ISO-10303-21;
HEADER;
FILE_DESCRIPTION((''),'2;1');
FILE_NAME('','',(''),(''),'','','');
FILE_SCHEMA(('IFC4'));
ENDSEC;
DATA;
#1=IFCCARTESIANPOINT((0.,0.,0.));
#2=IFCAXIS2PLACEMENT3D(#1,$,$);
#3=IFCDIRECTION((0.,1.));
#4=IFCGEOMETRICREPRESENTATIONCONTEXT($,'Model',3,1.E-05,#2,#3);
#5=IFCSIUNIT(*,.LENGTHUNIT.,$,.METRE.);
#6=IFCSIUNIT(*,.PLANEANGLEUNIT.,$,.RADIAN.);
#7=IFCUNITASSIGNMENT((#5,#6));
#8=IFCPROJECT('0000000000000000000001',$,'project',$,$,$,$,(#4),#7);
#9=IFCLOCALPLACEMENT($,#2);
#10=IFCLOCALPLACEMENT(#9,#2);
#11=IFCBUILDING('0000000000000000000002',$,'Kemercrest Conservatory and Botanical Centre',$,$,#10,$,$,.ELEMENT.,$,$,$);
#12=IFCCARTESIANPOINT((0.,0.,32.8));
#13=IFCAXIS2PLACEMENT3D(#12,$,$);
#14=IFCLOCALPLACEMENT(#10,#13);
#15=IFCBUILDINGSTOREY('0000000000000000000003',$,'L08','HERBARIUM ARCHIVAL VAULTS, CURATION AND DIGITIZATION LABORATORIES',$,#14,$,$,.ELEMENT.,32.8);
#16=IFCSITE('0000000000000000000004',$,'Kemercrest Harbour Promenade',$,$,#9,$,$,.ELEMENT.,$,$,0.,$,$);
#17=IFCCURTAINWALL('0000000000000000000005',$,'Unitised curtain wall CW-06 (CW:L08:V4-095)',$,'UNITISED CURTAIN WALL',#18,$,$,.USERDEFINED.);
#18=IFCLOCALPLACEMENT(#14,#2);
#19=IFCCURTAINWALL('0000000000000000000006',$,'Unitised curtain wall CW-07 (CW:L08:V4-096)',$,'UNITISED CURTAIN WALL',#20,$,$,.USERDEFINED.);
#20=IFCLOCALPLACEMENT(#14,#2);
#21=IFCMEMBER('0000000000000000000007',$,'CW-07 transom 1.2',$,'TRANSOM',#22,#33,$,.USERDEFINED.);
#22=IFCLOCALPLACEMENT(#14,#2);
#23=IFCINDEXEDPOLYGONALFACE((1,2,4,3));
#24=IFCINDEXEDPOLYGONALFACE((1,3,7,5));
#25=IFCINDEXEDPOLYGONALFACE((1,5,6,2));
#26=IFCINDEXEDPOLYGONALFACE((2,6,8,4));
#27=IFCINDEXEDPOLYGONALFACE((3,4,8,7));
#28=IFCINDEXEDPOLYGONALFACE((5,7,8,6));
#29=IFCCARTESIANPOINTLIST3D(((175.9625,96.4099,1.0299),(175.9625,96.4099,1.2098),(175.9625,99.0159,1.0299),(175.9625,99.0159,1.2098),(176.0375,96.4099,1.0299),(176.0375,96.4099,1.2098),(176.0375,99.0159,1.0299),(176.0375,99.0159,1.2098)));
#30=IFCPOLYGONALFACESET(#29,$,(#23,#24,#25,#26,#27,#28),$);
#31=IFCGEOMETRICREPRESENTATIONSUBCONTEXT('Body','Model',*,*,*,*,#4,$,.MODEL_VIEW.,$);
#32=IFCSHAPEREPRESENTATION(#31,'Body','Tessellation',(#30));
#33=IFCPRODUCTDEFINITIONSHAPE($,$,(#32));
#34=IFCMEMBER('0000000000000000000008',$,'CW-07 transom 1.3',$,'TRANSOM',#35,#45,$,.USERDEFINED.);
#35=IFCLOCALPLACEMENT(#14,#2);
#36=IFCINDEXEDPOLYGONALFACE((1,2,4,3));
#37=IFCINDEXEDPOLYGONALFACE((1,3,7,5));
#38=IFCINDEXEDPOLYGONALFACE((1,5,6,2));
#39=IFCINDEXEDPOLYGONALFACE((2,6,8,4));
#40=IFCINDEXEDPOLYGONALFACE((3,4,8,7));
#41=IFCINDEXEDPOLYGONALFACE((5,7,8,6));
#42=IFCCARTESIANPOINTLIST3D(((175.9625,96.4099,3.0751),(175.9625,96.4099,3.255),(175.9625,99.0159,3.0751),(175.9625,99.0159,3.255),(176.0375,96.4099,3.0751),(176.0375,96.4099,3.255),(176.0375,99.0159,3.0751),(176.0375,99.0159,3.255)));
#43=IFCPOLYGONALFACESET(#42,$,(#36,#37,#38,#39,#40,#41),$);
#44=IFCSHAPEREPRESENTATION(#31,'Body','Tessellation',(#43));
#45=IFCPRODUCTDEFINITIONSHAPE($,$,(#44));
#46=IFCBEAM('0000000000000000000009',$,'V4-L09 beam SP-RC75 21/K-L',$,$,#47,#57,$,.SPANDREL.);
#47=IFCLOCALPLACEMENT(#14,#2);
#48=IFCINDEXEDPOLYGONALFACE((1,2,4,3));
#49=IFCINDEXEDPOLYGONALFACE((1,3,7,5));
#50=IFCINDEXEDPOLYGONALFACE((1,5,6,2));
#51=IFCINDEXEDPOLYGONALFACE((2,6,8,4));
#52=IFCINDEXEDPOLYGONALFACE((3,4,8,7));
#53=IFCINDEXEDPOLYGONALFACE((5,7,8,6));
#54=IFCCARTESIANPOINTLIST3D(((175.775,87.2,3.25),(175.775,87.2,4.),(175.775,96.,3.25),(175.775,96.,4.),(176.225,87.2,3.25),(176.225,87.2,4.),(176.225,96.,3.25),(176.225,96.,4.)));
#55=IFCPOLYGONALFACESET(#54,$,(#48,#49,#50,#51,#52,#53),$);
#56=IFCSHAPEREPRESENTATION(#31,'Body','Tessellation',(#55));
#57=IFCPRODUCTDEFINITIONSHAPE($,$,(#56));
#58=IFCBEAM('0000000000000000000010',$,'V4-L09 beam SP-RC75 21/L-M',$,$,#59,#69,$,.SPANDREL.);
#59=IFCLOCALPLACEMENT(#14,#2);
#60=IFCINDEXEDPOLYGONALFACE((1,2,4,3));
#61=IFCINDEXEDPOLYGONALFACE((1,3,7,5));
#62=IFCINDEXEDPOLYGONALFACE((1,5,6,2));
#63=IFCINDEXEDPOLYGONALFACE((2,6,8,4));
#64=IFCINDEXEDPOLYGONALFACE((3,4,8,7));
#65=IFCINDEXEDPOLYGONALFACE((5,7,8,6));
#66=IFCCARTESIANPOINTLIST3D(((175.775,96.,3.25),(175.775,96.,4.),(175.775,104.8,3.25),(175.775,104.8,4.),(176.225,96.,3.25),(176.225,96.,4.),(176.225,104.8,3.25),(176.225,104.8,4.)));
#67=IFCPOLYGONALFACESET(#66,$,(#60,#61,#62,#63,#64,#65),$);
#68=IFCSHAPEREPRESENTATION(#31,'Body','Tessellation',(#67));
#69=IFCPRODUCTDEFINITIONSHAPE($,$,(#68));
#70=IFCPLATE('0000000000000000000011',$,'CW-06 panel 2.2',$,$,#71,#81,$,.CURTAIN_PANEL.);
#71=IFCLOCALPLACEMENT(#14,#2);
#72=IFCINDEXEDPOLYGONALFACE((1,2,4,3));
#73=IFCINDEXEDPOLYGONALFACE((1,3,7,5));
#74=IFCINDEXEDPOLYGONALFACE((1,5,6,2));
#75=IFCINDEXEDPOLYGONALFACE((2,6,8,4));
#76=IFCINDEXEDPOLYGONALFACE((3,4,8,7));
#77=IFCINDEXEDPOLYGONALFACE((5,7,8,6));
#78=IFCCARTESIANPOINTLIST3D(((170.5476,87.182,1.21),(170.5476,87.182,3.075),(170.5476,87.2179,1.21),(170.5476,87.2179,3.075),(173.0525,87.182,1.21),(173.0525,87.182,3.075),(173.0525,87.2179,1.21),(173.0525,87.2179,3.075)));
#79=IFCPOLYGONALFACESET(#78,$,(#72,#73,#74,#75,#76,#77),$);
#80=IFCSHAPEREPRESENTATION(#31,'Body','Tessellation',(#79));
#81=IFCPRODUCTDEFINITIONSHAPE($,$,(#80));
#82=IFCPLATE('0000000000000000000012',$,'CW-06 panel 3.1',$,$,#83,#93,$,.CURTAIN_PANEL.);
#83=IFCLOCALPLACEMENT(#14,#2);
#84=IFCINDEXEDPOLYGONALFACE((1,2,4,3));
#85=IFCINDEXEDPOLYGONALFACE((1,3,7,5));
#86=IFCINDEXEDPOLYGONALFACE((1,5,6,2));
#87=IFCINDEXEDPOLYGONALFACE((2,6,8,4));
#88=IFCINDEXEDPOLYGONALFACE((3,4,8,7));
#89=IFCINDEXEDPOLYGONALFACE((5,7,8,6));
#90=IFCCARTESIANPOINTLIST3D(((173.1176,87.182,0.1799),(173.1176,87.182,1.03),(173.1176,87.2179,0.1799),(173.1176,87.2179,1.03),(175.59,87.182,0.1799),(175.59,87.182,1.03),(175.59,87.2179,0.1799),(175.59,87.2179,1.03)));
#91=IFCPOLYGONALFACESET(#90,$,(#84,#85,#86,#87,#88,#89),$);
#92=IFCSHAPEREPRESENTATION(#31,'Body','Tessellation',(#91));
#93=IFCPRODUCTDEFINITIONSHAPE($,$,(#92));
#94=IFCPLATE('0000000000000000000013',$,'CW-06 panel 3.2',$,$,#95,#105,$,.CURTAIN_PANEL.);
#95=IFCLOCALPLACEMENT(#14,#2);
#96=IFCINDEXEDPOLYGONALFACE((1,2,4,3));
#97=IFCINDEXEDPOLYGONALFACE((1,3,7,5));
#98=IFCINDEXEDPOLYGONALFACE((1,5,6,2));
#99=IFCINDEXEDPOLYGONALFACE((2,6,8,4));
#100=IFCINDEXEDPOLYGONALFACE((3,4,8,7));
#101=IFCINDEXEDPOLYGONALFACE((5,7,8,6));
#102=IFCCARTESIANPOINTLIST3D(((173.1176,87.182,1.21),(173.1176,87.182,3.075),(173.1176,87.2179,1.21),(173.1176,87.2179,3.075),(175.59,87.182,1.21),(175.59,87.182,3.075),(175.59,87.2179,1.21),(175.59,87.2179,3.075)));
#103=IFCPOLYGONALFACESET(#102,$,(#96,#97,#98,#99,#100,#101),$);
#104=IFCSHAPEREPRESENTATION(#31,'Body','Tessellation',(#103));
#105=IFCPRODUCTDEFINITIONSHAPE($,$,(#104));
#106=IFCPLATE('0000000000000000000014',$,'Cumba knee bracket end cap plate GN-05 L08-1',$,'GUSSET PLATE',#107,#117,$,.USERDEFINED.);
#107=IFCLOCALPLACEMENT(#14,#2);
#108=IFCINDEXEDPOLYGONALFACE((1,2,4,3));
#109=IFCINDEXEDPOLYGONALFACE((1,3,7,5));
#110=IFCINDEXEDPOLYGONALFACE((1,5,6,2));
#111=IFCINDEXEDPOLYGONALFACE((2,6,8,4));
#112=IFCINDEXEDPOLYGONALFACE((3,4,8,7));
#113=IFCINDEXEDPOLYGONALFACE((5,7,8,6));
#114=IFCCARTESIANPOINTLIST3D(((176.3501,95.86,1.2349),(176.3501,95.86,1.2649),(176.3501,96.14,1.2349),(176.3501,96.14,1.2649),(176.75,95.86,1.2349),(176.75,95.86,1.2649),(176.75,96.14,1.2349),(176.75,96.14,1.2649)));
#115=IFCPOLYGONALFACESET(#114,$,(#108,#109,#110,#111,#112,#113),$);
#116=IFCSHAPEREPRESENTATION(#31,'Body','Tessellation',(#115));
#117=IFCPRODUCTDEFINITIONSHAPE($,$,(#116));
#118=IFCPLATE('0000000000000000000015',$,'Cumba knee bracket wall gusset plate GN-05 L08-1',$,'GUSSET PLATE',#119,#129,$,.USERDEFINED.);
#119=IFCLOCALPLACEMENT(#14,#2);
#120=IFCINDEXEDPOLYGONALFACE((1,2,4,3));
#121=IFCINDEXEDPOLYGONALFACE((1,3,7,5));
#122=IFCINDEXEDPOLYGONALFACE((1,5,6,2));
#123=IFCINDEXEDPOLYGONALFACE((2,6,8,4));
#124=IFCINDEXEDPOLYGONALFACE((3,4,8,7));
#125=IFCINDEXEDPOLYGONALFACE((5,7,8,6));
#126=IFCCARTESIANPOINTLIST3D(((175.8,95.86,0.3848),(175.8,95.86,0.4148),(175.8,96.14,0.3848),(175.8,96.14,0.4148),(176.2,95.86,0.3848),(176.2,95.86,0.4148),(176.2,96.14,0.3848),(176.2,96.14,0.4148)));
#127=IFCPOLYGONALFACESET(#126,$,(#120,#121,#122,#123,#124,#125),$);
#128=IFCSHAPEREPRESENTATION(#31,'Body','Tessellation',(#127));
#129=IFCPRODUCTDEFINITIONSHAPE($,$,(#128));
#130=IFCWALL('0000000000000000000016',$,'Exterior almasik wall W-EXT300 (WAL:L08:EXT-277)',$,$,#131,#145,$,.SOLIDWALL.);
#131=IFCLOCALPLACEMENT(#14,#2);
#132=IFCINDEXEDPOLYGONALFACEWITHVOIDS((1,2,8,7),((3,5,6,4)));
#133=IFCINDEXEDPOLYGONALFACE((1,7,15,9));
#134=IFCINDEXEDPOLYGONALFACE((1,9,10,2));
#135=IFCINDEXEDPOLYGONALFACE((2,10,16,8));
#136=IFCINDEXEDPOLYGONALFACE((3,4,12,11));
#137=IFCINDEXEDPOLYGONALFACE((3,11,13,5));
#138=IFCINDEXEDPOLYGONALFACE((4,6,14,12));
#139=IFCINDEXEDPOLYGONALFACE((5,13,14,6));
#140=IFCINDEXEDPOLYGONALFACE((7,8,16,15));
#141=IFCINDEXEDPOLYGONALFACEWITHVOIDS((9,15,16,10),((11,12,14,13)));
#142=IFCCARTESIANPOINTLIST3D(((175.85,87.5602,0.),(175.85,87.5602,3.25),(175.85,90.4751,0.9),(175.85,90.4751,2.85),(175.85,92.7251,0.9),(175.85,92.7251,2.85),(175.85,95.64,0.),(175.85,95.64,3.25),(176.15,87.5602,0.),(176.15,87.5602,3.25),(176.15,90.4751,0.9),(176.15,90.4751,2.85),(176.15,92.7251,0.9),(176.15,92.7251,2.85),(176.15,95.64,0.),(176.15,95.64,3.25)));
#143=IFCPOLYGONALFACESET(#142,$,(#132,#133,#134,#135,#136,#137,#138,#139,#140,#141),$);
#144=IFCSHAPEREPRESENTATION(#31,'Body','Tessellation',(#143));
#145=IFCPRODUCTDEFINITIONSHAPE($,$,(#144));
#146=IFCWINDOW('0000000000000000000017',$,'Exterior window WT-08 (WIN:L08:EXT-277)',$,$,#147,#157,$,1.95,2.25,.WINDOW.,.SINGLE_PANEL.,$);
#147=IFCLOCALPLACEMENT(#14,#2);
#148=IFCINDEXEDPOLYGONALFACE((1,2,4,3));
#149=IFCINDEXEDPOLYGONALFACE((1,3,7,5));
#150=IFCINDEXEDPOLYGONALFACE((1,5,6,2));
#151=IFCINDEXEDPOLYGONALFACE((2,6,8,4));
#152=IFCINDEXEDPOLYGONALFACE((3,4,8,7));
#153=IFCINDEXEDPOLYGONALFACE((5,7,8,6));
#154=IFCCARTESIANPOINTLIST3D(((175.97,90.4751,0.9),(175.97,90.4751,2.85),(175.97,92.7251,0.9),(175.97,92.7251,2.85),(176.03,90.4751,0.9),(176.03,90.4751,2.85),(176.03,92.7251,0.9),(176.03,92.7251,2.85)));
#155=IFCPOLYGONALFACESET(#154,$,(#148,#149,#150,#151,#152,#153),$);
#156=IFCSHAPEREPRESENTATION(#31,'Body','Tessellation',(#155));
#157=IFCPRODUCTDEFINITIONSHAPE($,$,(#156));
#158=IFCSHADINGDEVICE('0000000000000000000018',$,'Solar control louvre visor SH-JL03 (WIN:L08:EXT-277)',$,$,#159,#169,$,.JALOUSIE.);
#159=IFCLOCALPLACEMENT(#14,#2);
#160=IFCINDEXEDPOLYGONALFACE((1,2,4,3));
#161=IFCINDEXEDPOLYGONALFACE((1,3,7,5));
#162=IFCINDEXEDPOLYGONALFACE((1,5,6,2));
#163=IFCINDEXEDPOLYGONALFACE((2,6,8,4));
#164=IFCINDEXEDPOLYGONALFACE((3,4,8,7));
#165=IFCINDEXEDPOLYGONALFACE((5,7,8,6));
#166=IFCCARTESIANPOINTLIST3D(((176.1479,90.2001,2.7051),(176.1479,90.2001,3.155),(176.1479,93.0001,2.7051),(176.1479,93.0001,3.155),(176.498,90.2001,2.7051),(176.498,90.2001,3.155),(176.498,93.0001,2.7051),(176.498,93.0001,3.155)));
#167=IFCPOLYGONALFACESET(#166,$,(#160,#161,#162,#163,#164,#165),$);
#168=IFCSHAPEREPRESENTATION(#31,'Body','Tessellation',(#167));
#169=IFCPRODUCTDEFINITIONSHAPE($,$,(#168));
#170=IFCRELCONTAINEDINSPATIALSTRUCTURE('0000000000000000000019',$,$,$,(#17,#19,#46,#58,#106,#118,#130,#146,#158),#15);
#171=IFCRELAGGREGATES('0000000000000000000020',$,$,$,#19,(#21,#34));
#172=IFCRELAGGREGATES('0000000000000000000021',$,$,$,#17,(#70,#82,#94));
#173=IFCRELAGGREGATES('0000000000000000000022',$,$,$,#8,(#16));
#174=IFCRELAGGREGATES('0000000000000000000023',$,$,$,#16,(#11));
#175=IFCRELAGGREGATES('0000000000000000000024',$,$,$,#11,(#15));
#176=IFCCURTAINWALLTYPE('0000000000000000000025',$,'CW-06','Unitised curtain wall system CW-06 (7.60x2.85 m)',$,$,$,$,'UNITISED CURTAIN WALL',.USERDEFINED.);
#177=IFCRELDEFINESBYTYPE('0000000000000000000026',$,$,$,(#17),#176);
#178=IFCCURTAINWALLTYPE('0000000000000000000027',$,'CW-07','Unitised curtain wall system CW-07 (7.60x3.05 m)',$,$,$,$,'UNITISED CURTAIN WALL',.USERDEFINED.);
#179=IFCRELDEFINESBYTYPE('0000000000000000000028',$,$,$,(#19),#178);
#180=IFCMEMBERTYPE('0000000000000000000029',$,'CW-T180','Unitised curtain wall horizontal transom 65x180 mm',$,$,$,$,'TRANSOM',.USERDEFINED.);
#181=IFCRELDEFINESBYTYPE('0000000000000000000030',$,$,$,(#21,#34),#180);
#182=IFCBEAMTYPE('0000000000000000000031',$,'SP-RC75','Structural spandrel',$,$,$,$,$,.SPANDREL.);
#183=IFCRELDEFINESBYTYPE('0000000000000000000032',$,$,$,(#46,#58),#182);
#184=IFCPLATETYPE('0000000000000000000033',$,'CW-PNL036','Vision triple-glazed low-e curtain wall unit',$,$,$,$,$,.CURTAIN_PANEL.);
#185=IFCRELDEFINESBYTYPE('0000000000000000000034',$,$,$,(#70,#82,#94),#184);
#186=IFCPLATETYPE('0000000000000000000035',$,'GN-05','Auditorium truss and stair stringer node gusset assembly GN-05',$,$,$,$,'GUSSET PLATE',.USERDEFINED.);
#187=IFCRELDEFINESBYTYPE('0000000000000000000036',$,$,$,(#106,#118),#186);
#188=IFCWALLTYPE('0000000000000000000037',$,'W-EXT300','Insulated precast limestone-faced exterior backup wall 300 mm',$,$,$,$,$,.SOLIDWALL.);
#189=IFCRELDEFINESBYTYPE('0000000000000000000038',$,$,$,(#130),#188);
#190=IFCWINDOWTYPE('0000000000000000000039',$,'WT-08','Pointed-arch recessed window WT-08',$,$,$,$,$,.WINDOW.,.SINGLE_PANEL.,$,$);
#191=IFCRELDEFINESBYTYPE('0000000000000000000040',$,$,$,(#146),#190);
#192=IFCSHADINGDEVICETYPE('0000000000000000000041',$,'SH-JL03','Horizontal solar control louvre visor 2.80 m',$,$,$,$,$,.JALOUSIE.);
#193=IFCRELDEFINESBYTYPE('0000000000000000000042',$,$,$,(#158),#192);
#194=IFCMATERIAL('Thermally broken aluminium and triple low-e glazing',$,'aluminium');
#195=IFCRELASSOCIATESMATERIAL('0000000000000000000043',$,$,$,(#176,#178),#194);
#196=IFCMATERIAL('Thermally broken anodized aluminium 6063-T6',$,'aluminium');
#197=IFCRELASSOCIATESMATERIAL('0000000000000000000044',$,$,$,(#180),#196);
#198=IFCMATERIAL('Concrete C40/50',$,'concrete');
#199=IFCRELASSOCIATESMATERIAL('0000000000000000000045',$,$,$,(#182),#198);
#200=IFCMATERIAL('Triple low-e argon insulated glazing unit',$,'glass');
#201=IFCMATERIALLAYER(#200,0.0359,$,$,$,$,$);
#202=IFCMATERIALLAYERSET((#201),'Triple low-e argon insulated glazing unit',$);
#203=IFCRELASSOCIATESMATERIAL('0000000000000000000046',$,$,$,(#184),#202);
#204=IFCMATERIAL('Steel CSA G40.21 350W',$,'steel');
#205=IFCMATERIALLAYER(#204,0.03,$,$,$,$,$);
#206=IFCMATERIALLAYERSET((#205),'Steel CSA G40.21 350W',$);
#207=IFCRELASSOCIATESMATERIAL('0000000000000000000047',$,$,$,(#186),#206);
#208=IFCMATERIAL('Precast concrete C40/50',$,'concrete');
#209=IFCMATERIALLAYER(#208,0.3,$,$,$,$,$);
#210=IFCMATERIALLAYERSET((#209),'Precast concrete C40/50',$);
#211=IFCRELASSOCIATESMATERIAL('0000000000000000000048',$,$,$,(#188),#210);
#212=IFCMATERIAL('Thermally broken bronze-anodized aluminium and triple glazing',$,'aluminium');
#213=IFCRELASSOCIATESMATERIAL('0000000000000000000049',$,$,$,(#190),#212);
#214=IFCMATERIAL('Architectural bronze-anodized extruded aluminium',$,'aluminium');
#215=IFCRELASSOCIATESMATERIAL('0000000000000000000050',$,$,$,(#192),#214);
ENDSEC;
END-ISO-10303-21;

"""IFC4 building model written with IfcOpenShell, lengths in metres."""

from ifc_helpers import new_model, si_unit, direction, frame, frame_2d, origin, origin_2d, place, context, subcontext, project, spatial, rectangle, extrude, material, layer, layer_set, material_profile, profile_set, type_object, element, fill, aggregate, save


model = new_model("IFC4")

# Units and contexts
model_context = context("Model", 3, precision=1e-05, world=origin(), true_north=direction((0.0, 1.0)))
body_context = subcontext(model_context, "Body", "Model", "MODEL_VIEW")
ifc_project = project(units=[si_unit("LENGTHUNIT", "METRE"), si_unit("PLANEANGLEUNIT", "RADIAN")], contexts=[model_context])

# Site, building, storey
site_placement = place(None, origin())
site = spatial("IfcSite", under=ifc_project, at=site_placement, Name="Kemercrest Harbour Promenade", CompositionType="ELEMENT", RefElevation=0.0)
building_placement = place(site_placement, origin())
building = spatial("IfcBuilding", under=site, at=building_placement, Name="Kemercrest Conservatory and Botanical Centre", CompositionType="ELEMENT")
storey_placement = place(building_placement, frame((0.0, 0.0, 32.8)))
storey = spatial("IfcBuildingStorey", under=building, at=storey_placement, Name="L08", Description="HERBARIUM ARCHIVAL VAULTS, CURATION AND DIGITIZATION LABORATORIES", CompositionType="ELEMENT", Elevation=32.8)

# Shared definitions
ifc_material_1 = material(Name="Steel CSA G40.21 350W", Category="steel")

# Curtain wall
ifc_material_2 = material(Name="Thermally broken aluminium and triple low-e glazing", Category="aluminium")
curtain_wall_type_1 = type_object("IfcCurtainWallType", Name="CW-06", Description="Unitised curtain wall system CW-06 (7.60x2.85 m)", ElementType="UNITISED CURTAIN WALL", PredefinedType="USERDEFINED", material=ifc_material_2)
curtain_wall_1_placement = place(storey_placement, origin())
curtain_wall_1 = element("IfcCurtainWall", 1, at=curtain_wall_1_placement, inside=storey, type_object=curtain_wall_type_1, Name="Unitised curtain wall CW-06 (CW:L08:V4-095)", ObjectType="UNITISED CURTAIN WALL", PredefinedType="USERDEFINED")
ifc_material_3 = material(Name="Thermally broken anodized aluminium 6063-T6", Category="aluminium")

# Curtain wall
curtain_wall_type_2 = type_object("IfcCurtainWallType", Name="CW-07", Description="Unitised curtain wall system CW-07 (7.60x3.05 m)", ElementType="UNITISED CURTAIN WALL", PredefinedType="USERDEFINED", material=ifc_material_2)
curtain_wall_2_placement = place(storey_placement, origin())
curtain_wall_2 = element("IfcCurtainWall", 2, at=curtain_wall_2_placement, inside=storey, type_object=curtain_wall_type_2, Name="Unitised curtain wall CW-07 (CW:L08:V4-096)", ObjectType="UNITISED CURTAIN WALL", PredefinedType="USERDEFINED")

# Members
ifc_material_profile_1 = material_profile(ifc_material_3, rectangle(XDim=0.075, YDim=0.1799, at=origin_2d()), Name="AL TRANSOM 75x180")
ifc_profile_set_1 = profile_set([ifc_material_profile_1], Name="Thermally broken anodized aluminium 6063-T6")
member_type_1 = type_object("IfcMemberType", Name="CW-T180", Description="Unitised curtain wall horizontal transom 65x180 mm", ElementType="TRANSOM", PredefinedType="USERDEFINED", material=ifc_profile_set_1)
member_1_placement = place(storey_placement, frame((176.0, 96.4099, 1.1199), z_axis=(0.0, 1.0, 0.0), x_axis=(-1.0, 0.0, 0.0)))
member_1 = element("IfcMember", 3, at=member_1_placement, type_object=member_type_1, Name="CW-07 transom 1.2", ObjectType="TRANSOM", PredefinedType="USERDEFINED", context=body_context, shape_type="SweptSolid", body=[
    extrude(rectangle(XDim=0.075, YDim=0.1799, at=origin_2d()), origin(), (0.0, 0.0, 1.0), 2.606),
])
member_2_placement = place(storey_placement, frame((176.0, 96.4099, 3.165), z_axis=(0.0, 1.0, 0.0), x_axis=(-1.0, 0.0, 0.0)))
member_2 = element("IfcMember", 4, at=member_2_placement, type_object=member_type_1, Name="CW-07 transom 1.3", ObjectType="TRANSOM", PredefinedType="USERDEFINED", context=body_context, shape_type="SweptSolid", body=[
    extrude(rectangle(XDim=0.075, YDim=0.1799, at=origin_2d()), origin(), (0.0, 0.0, 1.0), 2.606),
])
aggregate(curtain_wall_2, [member_1, member_2])

# Beams
ifc_material_4 = material(Name="Concrete C40/50", Category="concrete")
ifc_material_profile_2 = material_profile(ifc_material_4, rectangle(XDim=0.45, YDim=0.75, at=origin_2d()), Name="RC 450x750")
ifc_profile_set_2 = profile_set([ifc_material_profile_2], Name="Concrete C40/50")
beam_type = type_object("IfcBeamType", Name="SP-RC75", Description="Structural spandrel", PredefinedType="SPANDREL", material=ifc_profile_set_2)
for number, where, z_axis, x_axis, name in (
    (5, (176.0, 87.2, 3.625), (0.0, 1.0, 0.0), (-1.0, 0.0, 0.0), "V4-L09 beam SP-RC75 21/K-L"),
    (6, (176.0, 96.0, 3.625), (0.0, 1.0, 0.0), (-1.0, 0.0, 0.0), "V4-L09 beam SP-RC75 21/L-M"),
):
    element("IfcBeam", number, at=place(storey_placement, frame(where, z_axis=z_axis, x_axis=x_axis)), inside=storey, type_object=beam_type, Name=name, PredefinedType="SPANDREL", context=body_context, shape_type="SweptSolid", body=[
        extrude(rectangle(XDim=0.45, YDim=0.75, at=origin_2d()), origin(), (0.0, 0.0, 1.0), 8.8),
    ])

# Plates
ifc_material_5 = material(Name="Triple low-e argon insulated glazing unit", Category="glass")
ifc_layer_1 = layer(ifc_material_5, 0.0359)
ifc_layer_set_1 = layer_set([ifc_layer_1], Name="Triple low-e argon insulated glazing unit")
plate_type_1 = type_object("IfcPlateType", Name="CW-PNL036", Description="Vision triple-glazed low-e curtain wall unit", PredefinedType="CURTAIN_PANEL", material=ifc_layer_set_1)
plate_1_placement = place(storey_placement, frame((171.8, 87.2, 1.21), z_axis=(0.0, 0.0, 1.0), x_axis=(1.0, 0.0, 0.0)))
plate_1 = element("IfcPlate", 7, at=plate_1_placement, type_object=plate_type_1, Name="CW-06 panel 2.2", PredefinedType="CURTAIN_PANEL", context=body_context, shape_type="SweptSolid", body=[
    extrude(rectangle(XDim=2.5049, YDim=0.0359, at=origin_2d()), origin(), (0.0, 0.0, 1.0), 1.865),
])
plate_2_placement = place(storey_placement, frame((174.3538, 87.2, 0.1799), z_axis=(0.0, 0.0, 1.0), x_axis=(1.0, 0.0, 0.0)))
plate_2 = element("IfcPlate", 8, at=plate_2_placement, type_object=plate_type_1, Name="CW-06 panel 3.1", PredefinedType="CURTAIN_PANEL", context=body_context, shape_type="SweptSolid", body=[
    extrude(rectangle(XDim=2.4724, YDim=0.0359, at=origin_2d()), origin(), (0.0, 0.0, 1.0), 0.8501),
])
plate_3_placement = place(storey_placement, frame((174.3538, 87.2, 1.21), z_axis=(0.0, 0.0, 1.0), x_axis=(1.0, 0.0, 0.0)))
plate_3 = element("IfcPlate", 9, at=plate_3_placement, type_object=plate_type_1, Name="CW-06 panel 3.2", PredefinedType="CURTAIN_PANEL", context=body_context, shape_type="SweptSolid", body=[
    extrude(rectangle(XDim=2.4724, YDim=0.0359, at=origin_2d()), origin(), (0.0, 0.0, 1.0), 1.865),
])
aggregate(curtain_wall_1, [plate_1, plate_2, plate_3])

# Plates
ifc_layer_2 = layer(ifc_material_1, 0.03)
ifc_layer_set_2 = layer_set([ifc_layer_2], Name="Steel CSA G40.21 350W")
plate_type_2 = type_object("IfcPlateType", Name="GN-05", Description="Auditorium truss and stair stringer node gusset assembly GN-05", ElementType="GUSSET PLATE", PredefinedType="USERDEFINED", material=ifc_layer_set_2)
for number, where, z_axis, x_axis, name in (
    (10, (176.55, 96.0, 1.2349), (0.0, 0.0, 1.0), (1.0, 0.0, 0.0), "Cumba knee bracket end cap plate GN-05 L08-1"),
    (11, (176.0, 96.0, 0.3848), (0.0, 0.0, 1.0), (1.0, 0.0, 0.0), "Cumba knee bracket wall gusset plate GN-05 L08-1"),
):
    element("IfcPlate", number, at=place(storey_placement, frame(where, z_axis=z_axis, x_axis=x_axis)), inside=storey, type_object=plate_type_2, Name=name, ObjectType="GUSSET PLATE", PredefinedType="USERDEFINED", context=body_context, shape_type="SweptSolid", body=[
        extrude(rectangle(XDim=0.3999, YDim=0.28, at=origin_2d()), origin(), (0.0, 0.0, 1.0), 0.03),
    ])

# Wall, opening, window
ifc_material_6 = material(Name="Precast concrete C40/50", Category="concrete")
ifc_layer_3 = layer(ifc_material_6, 0.3)
ifc_layer_set_3 = layer_set([ifc_layer_3], Name="Precast concrete C40/50")
wall_type = type_object("IfcWallType", Name="W-EXT300", Description="Insulated precast limestone-faced exterior backup wall 300 mm", PredefinedType="SOLIDWALL", material=ifc_layer_set_3)
wall_placement = place(storey_placement, frame((176.0, 87.5601, 0.0), z_axis=(0.0, 0.0, 1.0), x_axis=(0.0, 1.0, 0.0)))
wall = element("IfcWall", 12, at=wall_placement, inside=storey, type_object=wall_type, Name="Exterior almasik wall W-EXT300 (WAL:L08:EXT-277)", PredefinedType="SOLIDWALL", context=body_context, shape_type="SweptSolid", body=[
    extrude(rectangle(XDim=8.0798, YDim=0.3, at=frame_2d((4.04, 0.0))), origin(), (0.0, 0.0, 1.0), 3.25),
])
opening_placement = place(wall_placement, frame((2.915, 0.0, 0.8999)))
opening = element("IfcOpeningElement", 13, at=opening_placement, cuts=wall, PredefinedType="OPENING", context=body_context, shape_type="SweptSolid", body=[
    extrude(rectangle(XDim=2.25, YDim=1.95, at=frame_2d((1.125, 0.9751))), frame((0.0, 0.1602, 0.0), z_axis=(0.0, -1.0, 0.0), x_axis=(1.0, 0.0, 0.0)), (0.0, 0.0, 1.0), 0.3201),
])
ifc_material_7 = material(Name="Thermally broken bronze-anodized aluminium and triple glazing", Category="aluminium")
window_type = type_object("IfcWindowType", Name="WT-08", Description="Pointed-arch recessed window WT-08", PartitioningType="SINGLE_PANEL", PredefinedType="WINDOW", material=ifc_material_7)
window_placement = place(opening_placement, origin())
window = element("IfcWindow", 14, at=window_placement, inside=storey, type_object=window_type, Name="Exterior window WT-08 (WIN:L08:EXT-277)", OverallHeight=1.95, OverallWidth=2.25, PartitioningType="SINGLE_PANEL", PredefinedType="WINDOW", context=body_context, shape_type="SweptSolid", body=[
    extrude(rectangle(XDim=2.25, YDim=1.95, at=frame_2d((1.125, 0.9751))), frame((0.0, 0.03, 0.0), z_axis=(0.0, -1.0, 0.0), x_axis=(1.0, 0.0, 0.0)), (0.0, 0.0, 1.0), 0.0601),
])
fill(opening, window)

# Shading device
ifc_material_8 = material(Name="Architectural bronze-anodized extruded aluminium", Category="aluminium")
shading_device_type = type_object("IfcShadingDeviceType", Name="SH-JL03", Description="Horizontal solar control louvre visor 2.80 m", PredefinedType="JALOUSIE", material=ifc_material_8)
shading_device_placement = place(storey_placement, frame((176.323, 91.6001, 2.7051), z_axis=(0.0, 0.0, 1.0), x_axis=(0.0, 1.0, 0.0)))
element("IfcShadingDevice", 15, at=shading_device_placement, inside=storey, type_object=shading_device_type, Name="Solar control louvre visor SH-JL03 (WIN:L08:EXT-277)", PredefinedType="JALOUSIE", context=body_context, shape_type="SweptSolid", body=[
    extrude(rectangle(XDim=2.8, YDim=0.3501, at=origin_2d()), origin(), (0.0, 0.0, 1.0), 0.45),
])

save(model, "model.ifc")
